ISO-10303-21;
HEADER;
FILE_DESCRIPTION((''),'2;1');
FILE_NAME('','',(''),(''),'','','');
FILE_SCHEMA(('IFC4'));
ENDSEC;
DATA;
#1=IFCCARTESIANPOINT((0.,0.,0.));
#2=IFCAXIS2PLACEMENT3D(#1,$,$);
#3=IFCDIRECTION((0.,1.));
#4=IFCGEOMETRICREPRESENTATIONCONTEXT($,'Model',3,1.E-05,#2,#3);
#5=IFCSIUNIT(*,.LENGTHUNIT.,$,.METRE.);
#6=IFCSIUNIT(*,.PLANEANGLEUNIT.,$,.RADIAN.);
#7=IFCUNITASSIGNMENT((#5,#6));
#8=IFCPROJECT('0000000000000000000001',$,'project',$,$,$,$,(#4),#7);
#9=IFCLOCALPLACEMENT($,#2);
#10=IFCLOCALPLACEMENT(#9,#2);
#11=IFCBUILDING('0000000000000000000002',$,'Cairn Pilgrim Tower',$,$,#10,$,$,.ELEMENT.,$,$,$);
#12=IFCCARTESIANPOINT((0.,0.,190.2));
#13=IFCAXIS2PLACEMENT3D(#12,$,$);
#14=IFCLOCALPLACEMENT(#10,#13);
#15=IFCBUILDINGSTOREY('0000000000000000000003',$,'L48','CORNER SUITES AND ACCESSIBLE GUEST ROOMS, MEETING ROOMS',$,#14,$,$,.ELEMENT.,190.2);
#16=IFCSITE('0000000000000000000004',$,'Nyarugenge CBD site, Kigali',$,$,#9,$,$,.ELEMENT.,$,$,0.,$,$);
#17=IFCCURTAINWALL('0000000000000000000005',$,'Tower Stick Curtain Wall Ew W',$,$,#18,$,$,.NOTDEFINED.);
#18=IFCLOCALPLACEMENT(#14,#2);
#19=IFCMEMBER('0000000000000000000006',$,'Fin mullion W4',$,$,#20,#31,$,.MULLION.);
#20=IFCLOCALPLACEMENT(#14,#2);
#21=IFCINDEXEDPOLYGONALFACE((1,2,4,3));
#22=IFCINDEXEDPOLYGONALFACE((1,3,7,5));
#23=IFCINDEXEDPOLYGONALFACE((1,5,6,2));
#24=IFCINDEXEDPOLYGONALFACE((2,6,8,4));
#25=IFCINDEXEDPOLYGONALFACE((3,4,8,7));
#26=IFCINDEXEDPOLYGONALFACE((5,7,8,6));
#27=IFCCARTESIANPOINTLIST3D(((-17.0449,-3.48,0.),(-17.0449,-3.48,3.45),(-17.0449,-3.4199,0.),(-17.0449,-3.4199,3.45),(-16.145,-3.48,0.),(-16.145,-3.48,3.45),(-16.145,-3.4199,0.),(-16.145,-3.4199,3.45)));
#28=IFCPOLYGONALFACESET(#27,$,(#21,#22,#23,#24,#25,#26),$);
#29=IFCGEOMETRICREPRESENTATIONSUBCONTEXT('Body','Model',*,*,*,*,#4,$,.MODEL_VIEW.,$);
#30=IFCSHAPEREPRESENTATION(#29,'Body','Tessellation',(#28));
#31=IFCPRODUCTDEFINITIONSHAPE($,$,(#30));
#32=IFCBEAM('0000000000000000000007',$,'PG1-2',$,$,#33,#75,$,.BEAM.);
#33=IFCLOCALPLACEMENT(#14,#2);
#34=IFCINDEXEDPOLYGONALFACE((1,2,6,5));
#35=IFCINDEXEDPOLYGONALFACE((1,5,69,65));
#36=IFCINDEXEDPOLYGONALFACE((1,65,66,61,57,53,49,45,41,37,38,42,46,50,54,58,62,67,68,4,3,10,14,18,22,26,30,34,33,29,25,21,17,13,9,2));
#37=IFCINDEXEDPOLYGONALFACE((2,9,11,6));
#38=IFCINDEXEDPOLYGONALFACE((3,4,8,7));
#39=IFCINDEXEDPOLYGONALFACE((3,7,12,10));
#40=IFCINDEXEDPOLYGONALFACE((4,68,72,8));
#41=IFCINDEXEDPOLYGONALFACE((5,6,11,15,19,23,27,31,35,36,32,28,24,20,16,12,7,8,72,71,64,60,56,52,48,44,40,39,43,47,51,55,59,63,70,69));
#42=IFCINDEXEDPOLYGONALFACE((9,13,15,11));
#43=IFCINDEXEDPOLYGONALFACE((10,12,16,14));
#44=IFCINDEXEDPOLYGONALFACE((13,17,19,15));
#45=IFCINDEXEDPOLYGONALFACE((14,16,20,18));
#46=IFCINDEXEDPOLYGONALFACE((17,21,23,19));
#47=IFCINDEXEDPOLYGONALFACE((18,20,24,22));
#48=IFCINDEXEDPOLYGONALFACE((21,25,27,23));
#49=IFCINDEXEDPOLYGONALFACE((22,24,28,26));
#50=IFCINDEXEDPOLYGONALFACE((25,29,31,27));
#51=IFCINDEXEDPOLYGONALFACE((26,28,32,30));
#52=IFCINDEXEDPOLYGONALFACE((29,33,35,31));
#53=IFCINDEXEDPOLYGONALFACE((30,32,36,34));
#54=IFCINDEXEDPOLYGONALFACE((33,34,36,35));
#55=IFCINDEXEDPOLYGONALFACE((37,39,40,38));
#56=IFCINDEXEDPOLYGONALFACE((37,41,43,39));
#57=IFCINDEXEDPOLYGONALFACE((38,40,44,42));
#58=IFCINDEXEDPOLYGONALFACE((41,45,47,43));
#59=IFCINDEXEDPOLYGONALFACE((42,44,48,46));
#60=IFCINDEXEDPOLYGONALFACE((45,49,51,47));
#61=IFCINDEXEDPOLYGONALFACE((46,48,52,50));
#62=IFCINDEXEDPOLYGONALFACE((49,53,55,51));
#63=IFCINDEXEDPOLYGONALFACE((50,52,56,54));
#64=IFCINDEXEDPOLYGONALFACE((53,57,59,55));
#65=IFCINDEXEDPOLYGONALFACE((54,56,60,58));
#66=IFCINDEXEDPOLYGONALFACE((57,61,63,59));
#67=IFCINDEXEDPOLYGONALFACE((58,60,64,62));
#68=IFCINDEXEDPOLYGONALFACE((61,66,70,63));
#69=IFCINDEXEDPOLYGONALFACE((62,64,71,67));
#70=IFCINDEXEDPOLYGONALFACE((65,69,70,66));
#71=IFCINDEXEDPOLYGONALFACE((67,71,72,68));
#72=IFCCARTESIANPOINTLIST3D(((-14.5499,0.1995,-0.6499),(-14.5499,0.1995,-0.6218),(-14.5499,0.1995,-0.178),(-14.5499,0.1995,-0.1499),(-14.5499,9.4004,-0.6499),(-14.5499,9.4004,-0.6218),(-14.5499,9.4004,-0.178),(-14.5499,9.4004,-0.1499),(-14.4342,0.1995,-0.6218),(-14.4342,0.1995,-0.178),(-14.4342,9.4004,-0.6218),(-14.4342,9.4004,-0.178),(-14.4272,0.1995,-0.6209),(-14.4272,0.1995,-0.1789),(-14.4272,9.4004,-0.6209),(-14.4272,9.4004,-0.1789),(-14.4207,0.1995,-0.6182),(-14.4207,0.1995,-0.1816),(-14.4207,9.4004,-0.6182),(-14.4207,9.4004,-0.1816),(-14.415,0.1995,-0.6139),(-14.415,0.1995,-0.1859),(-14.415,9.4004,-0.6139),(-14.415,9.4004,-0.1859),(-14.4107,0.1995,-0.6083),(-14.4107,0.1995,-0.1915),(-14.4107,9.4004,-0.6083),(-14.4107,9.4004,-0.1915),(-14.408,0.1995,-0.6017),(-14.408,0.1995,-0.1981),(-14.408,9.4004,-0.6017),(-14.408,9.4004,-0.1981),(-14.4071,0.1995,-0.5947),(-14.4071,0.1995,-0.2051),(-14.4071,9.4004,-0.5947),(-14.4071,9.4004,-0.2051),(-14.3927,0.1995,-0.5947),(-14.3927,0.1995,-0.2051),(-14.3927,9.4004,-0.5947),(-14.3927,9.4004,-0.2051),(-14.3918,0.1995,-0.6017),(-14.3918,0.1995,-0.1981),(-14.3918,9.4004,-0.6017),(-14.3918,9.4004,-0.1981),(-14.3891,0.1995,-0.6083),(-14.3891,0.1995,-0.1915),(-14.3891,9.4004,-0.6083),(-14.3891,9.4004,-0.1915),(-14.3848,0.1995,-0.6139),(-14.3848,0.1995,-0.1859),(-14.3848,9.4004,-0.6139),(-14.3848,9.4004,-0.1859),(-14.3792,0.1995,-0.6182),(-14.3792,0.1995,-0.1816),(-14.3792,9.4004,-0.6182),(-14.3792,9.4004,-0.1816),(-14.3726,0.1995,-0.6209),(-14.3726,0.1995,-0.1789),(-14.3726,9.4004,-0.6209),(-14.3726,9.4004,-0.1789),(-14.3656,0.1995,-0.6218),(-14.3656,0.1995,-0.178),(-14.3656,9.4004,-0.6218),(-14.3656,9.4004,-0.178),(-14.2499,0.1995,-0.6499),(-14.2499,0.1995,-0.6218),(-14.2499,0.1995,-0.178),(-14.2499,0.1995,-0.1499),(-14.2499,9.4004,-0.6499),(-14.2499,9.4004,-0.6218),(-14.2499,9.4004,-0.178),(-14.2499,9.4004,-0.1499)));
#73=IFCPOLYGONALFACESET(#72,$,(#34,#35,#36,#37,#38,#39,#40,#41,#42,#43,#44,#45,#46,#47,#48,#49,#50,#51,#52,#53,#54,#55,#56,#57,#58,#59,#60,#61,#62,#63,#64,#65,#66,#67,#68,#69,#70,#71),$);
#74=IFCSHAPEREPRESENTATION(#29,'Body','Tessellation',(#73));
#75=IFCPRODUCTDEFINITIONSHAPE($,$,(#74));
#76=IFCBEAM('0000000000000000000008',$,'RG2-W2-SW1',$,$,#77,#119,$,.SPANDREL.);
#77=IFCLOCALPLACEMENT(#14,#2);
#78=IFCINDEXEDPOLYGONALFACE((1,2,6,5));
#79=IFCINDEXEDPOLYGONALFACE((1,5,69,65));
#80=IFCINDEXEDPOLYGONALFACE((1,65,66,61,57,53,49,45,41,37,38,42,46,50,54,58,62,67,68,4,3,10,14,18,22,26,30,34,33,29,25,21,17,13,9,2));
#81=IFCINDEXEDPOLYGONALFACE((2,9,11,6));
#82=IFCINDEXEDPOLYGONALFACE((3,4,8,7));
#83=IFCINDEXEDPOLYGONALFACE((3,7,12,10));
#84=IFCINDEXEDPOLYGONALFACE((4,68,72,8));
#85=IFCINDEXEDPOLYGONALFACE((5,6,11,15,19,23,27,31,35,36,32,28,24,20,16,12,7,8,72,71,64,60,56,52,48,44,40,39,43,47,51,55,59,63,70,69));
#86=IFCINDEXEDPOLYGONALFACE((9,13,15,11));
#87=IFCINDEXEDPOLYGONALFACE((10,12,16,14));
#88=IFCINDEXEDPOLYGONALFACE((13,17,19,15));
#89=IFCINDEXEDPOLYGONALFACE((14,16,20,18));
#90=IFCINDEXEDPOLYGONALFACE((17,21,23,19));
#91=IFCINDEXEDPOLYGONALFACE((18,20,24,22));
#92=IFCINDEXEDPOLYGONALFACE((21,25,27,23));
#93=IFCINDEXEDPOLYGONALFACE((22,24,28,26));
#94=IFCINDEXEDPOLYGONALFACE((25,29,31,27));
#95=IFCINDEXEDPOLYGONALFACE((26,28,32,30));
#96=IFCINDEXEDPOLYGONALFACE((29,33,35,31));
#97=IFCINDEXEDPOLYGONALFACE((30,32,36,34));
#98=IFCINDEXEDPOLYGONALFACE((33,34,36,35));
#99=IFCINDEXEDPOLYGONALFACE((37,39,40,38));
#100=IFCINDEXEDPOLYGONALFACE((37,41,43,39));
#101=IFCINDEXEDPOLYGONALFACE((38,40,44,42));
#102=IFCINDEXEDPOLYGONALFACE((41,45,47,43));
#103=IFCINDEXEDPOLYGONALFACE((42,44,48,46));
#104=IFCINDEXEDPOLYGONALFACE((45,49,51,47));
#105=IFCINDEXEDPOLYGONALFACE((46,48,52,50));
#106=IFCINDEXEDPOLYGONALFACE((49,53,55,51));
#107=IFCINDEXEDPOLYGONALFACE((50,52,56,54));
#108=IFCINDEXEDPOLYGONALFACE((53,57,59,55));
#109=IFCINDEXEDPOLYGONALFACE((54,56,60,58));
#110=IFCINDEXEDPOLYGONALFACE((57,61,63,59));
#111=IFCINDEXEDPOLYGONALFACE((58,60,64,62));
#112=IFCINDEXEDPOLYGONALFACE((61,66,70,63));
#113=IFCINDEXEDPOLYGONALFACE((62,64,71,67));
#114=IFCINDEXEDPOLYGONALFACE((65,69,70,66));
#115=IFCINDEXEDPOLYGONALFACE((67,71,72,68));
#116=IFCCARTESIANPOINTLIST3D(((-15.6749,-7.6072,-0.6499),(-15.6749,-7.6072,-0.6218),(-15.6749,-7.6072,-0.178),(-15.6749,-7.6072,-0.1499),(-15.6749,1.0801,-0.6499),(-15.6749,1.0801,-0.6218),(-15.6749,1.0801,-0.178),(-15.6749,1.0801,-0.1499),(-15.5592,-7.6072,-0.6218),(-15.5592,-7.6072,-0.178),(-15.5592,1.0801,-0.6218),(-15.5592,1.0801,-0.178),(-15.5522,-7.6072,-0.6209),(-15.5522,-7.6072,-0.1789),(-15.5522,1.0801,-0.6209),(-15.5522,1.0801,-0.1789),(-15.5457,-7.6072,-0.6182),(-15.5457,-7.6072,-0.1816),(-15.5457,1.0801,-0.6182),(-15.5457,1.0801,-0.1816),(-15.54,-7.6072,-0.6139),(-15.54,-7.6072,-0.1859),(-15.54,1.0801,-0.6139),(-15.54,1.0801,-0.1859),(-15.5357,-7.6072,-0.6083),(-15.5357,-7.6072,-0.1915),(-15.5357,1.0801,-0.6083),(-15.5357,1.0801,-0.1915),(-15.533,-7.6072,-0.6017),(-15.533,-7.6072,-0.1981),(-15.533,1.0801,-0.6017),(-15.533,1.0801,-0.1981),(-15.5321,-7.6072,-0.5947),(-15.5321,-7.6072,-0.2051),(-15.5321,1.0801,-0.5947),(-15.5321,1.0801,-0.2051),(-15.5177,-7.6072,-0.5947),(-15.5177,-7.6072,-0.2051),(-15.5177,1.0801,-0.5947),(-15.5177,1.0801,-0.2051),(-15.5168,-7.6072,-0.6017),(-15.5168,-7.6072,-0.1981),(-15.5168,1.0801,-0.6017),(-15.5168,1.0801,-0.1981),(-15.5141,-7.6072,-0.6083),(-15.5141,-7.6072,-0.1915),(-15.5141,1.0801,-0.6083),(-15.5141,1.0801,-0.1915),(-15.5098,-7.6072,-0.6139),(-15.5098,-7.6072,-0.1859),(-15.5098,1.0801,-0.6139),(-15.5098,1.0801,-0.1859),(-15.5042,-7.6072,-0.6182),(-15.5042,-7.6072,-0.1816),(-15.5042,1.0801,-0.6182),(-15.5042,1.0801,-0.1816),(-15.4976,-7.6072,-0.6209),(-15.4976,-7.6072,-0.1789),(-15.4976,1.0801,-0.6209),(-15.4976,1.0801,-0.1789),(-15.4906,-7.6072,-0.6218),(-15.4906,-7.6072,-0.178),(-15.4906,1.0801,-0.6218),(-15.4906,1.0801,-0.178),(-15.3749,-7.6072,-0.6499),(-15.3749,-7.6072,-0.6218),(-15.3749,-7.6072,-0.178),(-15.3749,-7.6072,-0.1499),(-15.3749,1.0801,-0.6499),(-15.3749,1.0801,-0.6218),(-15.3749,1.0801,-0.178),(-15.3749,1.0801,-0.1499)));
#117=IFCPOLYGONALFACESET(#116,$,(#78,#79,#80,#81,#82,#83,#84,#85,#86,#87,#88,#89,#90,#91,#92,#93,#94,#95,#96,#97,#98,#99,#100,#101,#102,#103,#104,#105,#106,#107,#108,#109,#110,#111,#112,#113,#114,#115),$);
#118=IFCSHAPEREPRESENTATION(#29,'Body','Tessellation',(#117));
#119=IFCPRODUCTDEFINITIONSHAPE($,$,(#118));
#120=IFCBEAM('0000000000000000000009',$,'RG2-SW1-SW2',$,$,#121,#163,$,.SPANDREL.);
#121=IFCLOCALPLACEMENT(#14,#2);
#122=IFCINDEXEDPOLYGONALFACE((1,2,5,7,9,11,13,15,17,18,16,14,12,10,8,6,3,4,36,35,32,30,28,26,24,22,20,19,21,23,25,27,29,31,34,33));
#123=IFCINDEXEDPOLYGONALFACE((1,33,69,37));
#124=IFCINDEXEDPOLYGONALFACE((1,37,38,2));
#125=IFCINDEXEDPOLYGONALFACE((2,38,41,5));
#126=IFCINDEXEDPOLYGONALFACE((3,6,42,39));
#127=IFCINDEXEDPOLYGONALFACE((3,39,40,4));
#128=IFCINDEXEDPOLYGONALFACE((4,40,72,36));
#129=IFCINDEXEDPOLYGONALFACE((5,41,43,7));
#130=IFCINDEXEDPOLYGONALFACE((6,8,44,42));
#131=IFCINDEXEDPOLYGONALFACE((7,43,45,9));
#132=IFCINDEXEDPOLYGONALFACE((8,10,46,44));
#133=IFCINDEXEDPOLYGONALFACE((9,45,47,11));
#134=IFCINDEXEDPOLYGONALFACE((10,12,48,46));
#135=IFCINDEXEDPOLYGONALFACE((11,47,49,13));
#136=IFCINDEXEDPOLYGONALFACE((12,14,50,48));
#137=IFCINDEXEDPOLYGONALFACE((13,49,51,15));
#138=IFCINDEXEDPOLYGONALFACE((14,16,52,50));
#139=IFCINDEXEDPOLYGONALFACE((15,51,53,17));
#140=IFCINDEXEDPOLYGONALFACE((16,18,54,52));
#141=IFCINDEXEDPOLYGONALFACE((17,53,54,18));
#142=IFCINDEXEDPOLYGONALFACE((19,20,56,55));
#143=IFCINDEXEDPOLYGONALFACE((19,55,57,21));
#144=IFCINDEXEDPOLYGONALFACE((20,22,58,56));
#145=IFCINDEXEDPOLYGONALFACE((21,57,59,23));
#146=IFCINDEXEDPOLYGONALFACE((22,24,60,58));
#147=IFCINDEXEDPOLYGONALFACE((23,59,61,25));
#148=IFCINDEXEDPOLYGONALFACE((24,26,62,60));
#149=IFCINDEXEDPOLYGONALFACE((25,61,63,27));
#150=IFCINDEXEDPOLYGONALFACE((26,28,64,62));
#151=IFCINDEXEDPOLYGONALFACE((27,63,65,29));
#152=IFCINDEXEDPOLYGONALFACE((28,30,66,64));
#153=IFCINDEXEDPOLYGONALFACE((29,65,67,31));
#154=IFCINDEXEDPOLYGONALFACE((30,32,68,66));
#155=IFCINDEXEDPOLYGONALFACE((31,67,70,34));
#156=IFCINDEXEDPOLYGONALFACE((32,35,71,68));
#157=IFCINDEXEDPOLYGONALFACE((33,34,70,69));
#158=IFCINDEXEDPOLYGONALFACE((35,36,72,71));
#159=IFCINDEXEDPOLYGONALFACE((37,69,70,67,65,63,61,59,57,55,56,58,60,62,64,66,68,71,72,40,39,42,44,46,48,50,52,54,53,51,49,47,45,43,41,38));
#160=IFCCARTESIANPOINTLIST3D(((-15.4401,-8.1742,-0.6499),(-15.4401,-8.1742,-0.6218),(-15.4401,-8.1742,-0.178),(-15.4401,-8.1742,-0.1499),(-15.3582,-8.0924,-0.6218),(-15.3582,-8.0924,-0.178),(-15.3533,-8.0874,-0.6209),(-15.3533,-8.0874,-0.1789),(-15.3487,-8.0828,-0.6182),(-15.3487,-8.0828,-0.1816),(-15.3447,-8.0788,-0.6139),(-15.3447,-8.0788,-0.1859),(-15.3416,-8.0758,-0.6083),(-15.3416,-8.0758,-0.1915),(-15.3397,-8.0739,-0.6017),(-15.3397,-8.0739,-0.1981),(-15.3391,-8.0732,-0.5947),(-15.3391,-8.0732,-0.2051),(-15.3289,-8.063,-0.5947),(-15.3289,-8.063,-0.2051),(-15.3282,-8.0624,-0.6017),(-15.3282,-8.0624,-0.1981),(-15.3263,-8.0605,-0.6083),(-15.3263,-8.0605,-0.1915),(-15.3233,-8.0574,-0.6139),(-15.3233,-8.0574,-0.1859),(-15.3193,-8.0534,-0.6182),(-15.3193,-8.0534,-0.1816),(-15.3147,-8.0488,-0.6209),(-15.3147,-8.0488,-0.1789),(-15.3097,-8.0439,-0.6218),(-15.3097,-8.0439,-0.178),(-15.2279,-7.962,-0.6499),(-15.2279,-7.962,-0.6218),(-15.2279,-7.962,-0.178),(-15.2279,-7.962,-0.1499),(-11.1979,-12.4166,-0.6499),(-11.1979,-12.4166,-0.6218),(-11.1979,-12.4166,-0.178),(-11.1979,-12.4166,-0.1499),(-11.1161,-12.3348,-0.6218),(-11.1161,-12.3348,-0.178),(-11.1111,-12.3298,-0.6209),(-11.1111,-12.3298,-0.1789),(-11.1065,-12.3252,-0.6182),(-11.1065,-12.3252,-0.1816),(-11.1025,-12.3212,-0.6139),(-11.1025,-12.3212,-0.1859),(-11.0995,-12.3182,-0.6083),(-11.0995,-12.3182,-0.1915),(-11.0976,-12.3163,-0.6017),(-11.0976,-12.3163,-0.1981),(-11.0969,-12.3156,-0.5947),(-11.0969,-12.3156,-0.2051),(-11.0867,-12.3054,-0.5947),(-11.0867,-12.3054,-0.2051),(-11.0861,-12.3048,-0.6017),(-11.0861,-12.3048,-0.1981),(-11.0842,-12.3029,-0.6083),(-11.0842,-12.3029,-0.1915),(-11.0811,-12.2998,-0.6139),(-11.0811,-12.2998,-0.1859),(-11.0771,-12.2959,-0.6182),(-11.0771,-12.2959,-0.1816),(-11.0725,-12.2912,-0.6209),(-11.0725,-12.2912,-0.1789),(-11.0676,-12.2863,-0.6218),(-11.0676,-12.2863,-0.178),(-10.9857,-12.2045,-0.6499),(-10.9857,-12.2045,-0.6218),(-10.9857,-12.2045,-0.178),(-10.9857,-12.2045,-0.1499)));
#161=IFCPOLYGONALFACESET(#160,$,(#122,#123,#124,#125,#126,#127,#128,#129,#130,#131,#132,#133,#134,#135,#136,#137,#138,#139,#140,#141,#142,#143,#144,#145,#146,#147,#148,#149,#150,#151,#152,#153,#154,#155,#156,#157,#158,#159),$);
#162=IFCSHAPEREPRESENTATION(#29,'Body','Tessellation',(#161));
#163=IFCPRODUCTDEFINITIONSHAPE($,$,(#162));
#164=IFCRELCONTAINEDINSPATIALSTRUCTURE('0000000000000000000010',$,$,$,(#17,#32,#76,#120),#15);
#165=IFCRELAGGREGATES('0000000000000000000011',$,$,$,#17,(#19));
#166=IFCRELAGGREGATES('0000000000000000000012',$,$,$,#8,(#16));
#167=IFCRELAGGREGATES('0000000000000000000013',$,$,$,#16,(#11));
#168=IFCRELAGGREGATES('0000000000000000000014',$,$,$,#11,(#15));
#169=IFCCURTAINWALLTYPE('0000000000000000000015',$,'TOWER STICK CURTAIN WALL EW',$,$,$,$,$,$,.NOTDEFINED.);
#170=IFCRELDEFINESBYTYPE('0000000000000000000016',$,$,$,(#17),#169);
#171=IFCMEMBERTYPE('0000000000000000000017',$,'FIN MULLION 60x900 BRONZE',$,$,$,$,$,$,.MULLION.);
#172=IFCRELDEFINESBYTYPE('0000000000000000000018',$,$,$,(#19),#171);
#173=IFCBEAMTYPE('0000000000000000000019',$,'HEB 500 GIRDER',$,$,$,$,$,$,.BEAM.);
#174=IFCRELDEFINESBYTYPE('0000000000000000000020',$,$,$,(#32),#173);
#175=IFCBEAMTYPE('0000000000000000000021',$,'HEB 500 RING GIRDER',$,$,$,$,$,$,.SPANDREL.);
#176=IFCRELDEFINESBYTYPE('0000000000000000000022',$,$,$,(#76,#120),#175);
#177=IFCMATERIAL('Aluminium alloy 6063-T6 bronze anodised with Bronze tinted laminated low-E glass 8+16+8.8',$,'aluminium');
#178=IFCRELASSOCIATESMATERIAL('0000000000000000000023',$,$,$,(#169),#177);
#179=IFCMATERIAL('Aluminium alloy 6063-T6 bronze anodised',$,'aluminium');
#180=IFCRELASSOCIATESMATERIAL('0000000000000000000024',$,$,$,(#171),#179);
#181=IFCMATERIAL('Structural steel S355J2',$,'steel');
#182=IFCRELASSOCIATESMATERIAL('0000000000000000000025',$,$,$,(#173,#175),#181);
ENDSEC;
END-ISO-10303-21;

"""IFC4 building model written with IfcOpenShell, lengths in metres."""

from ifc_helpers import new_model, si_unit, direction, frame, origin, origin_2d, place, context, subcontext, project, spatial, rectangle, i_section, extrude, material, material_profile, profile_set, type_object, element, aggregate, save


model = new_model("IFC4")

# Units and contexts
model_context = context("Model", 3, precision=1e-05, world=origin(), true_north=direction((0.0, 1.0)))
body_context = subcontext(model_context, "Body", "Model", "MODEL_VIEW")
ifc_project = project(units=[si_unit("LENGTHUNIT", "METRE"), si_unit("PLANEANGLEUNIT", "RADIAN")], contexts=[model_context])

# Site, building, storey
site_placement = place(None, origin())
site = spatial("IfcSite", under=ifc_project, at=site_placement, Name="Nyarugenge CBD site, Kigali", CompositionType="ELEMENT", RefElevation=0.0)
building_placement = place(site_placement, origin())
building = spatial("IfcBuilding", under=site, at=building_placement, Name="Cairn Pilgrim Tower", CompositionType="ELEMENT")
storey_placement = place(building_placement, frame((0.0, 0.0, 190.2)))
storey = spatial("IfcBuildingStorey", under=building, at=storey_placement, Name="L48", Description="CORNER SUITES AND ACCESSIBLE GUEST ROOMS, MEETING ROOMS", CompositionType="ELEMENT", Elevation=190.2)

# Curtain wall, member
ifc_material_1 = material(Name="Aluminium alloy 6063-T6 bronze anodised with Bronze tinted laminated low-E glass 8+16+8.8", Category="aluminium")
curtain_wall_type_1 = type_object("IfcCurtainWallType", Name="TOWER STICK CURTAIN WALL EW", PredefinedType="NOTDEFINED", material=ifc_material_1)
curtain_wall_1_placement = place(storey_placement, origin())
curtain_wall_1 = element("IfcCurtainWall", 1, at=curtain_wall_1_placement, inside=storey, type_object=curtain_wall_type_1, Name="Tower Stick Curtain Wall Ew W", PredefinedType="NOTDEFINED")
ifc_material_2 = material(Name="Aluminium alloy 6063-T6 bronze anodised", Category="aluminium")
ifc_material_profile_1 = material_profile(ifc_material_2, rectangle(XDim=0.8999, YDim=0.0601, at=origin_2d()), Name="FIN MULLION 60x900 BRONZE")
ifc_profile_set_1 = profile_set([ifc_material_profile_1], Name="Aluminium alloy 6063-T6 bronze anodised")
member_type_1 = type_object("IfcMemberType", Name="FIN MULLION 60x900 BRONZE", PredefinedType="MULLION", material=ifc_profile_set_1)
member_1_placement = place(storey_placement, frame((-16.595, -3.45, 0.0), z_axis=(0.0, 0.0, 1.0), x_axis=(-1.0, 0.0, 0.0)))
member_1 = element("IfcMember", 2, at=member_1_placement, type_object=member_type_1, Name="Fin mullion W4", PredefinedType="MULLION", context=body_context, shape_type="SweptSolid", body=[
    extrude(rectangle(XDim=0.8999, YDim=0.0601, at=origin_2d()), origin(), (0.0, 0.0, 1.0), 3.45),
])
aggregate(curtain_wall_1, [member_1])

# Beams
ifc_material_3 = material(Name="Structural steel S355J2", Category="steel")
ifc_material_profile_2 = material_profile(ifc_material_3, i_section(OverallWidth=0.3, OverallDepth=0.5, WebThickness=0.0144, FlangeThickness=0.0281, FilletRadius=0.0271, at=origin_2d()), Name="HEB 500")
ifc_profile_set_2 = profile_set([ifc_material_profile_2], Name="Structural steel S355J2")
beam_type_1 = type_object("IfcBeamType", Name="HEB 500 GIRDER", PredefinedType="BEAM", material=ifc_profile_set_2)
beam_1_placement = place(storey_placement, frame((-14.3999, 0.1995, -0.3999), z_axis=(0.0, 1.0, 0.0), x_axis=(-1.0, 0.0, 0.0)))
element("IfcBeam", 3, at=beam_1_placement, inside=storey, type_object=beam_type_1, Name="PG1-2", PredefinedType="BEAM", context=body_context, shape_type="SweptSolid", body=[
    extrude(i_section(OverallWidth=0.3, OverallDepth=0.5, WebThickness=0.0144, FlangeThickness=0.0281, FilletRadius=0.0271, at=origin_2d()), origin(), (0.0, 0.0, 1.0), 9.2009),
])
ifc_material_profile_3 = material_profile(ifc_material_3, i_section(OverallWidth=0.3, OverallDepth=0.5, WebThickness=0.0144, FlangeThickness=0.0281, FilletRadius=0.0271, at=origin_2d()), Name="HEB 500")
ifc_profile_set_3 = profile_set([ifc_material_profile_3], Name="Structural steel S355J2")
beam_type_2 = type_object("IfcBeamType", Name="HEB 500 RING GIRDER", PredefinedType="SPANDREL", material=ifc_profile_set_3)
beam_2_placement = place(storey_placement, frame((-15.5249, 1.0801, -0.3999), z_axis=(0.0, -1.0, 0.0), x_axis=(1.0, 0.0, 0.0)))
element("IfcBeam", 4, at=beam_2_placement, inside=storey, type_object=beam_type_2, Name="RG2-W2-SW1", PredefinedType="SPANDREL", context=body_context, shape_type="SweptSolid", body=[
    extrude(i_section(OverallWidth=0.3, OverallDepth=0.5, WebThickness=0.0144, FlangeThickness=0.0281, FilletRadius=0.0271, at=origin_2d()), origin(), (0.0, 0.0, 1.0), 8.6873),
])
beam_3_placement = place(storey_placement, frame((-15.334, -8.0681, -0.3999), z_axis=(0.707086, -0.707127, 0.0), x_axis=(0.707127, 0.707086, 0.0)))
element("IfcBeam", 5, at=beam_3_placement, inside=storey, type_object=beam_type_2, Name="RG2-SW1-SW2", PredefinedType="SPANDREL", context=body_context, shape_type="SweptSolid", body=[
    extrude(i_section(OverallWidth=0.3, OverallDepth=0.5, WebThickness=0.0144, FlangeThickness=0.0281, FilletRadius=0.0271, at=origin_2d()), origin(), (0.0, 0.0, 1.0), 5.9995),
])

save(model, "model.ifc")
